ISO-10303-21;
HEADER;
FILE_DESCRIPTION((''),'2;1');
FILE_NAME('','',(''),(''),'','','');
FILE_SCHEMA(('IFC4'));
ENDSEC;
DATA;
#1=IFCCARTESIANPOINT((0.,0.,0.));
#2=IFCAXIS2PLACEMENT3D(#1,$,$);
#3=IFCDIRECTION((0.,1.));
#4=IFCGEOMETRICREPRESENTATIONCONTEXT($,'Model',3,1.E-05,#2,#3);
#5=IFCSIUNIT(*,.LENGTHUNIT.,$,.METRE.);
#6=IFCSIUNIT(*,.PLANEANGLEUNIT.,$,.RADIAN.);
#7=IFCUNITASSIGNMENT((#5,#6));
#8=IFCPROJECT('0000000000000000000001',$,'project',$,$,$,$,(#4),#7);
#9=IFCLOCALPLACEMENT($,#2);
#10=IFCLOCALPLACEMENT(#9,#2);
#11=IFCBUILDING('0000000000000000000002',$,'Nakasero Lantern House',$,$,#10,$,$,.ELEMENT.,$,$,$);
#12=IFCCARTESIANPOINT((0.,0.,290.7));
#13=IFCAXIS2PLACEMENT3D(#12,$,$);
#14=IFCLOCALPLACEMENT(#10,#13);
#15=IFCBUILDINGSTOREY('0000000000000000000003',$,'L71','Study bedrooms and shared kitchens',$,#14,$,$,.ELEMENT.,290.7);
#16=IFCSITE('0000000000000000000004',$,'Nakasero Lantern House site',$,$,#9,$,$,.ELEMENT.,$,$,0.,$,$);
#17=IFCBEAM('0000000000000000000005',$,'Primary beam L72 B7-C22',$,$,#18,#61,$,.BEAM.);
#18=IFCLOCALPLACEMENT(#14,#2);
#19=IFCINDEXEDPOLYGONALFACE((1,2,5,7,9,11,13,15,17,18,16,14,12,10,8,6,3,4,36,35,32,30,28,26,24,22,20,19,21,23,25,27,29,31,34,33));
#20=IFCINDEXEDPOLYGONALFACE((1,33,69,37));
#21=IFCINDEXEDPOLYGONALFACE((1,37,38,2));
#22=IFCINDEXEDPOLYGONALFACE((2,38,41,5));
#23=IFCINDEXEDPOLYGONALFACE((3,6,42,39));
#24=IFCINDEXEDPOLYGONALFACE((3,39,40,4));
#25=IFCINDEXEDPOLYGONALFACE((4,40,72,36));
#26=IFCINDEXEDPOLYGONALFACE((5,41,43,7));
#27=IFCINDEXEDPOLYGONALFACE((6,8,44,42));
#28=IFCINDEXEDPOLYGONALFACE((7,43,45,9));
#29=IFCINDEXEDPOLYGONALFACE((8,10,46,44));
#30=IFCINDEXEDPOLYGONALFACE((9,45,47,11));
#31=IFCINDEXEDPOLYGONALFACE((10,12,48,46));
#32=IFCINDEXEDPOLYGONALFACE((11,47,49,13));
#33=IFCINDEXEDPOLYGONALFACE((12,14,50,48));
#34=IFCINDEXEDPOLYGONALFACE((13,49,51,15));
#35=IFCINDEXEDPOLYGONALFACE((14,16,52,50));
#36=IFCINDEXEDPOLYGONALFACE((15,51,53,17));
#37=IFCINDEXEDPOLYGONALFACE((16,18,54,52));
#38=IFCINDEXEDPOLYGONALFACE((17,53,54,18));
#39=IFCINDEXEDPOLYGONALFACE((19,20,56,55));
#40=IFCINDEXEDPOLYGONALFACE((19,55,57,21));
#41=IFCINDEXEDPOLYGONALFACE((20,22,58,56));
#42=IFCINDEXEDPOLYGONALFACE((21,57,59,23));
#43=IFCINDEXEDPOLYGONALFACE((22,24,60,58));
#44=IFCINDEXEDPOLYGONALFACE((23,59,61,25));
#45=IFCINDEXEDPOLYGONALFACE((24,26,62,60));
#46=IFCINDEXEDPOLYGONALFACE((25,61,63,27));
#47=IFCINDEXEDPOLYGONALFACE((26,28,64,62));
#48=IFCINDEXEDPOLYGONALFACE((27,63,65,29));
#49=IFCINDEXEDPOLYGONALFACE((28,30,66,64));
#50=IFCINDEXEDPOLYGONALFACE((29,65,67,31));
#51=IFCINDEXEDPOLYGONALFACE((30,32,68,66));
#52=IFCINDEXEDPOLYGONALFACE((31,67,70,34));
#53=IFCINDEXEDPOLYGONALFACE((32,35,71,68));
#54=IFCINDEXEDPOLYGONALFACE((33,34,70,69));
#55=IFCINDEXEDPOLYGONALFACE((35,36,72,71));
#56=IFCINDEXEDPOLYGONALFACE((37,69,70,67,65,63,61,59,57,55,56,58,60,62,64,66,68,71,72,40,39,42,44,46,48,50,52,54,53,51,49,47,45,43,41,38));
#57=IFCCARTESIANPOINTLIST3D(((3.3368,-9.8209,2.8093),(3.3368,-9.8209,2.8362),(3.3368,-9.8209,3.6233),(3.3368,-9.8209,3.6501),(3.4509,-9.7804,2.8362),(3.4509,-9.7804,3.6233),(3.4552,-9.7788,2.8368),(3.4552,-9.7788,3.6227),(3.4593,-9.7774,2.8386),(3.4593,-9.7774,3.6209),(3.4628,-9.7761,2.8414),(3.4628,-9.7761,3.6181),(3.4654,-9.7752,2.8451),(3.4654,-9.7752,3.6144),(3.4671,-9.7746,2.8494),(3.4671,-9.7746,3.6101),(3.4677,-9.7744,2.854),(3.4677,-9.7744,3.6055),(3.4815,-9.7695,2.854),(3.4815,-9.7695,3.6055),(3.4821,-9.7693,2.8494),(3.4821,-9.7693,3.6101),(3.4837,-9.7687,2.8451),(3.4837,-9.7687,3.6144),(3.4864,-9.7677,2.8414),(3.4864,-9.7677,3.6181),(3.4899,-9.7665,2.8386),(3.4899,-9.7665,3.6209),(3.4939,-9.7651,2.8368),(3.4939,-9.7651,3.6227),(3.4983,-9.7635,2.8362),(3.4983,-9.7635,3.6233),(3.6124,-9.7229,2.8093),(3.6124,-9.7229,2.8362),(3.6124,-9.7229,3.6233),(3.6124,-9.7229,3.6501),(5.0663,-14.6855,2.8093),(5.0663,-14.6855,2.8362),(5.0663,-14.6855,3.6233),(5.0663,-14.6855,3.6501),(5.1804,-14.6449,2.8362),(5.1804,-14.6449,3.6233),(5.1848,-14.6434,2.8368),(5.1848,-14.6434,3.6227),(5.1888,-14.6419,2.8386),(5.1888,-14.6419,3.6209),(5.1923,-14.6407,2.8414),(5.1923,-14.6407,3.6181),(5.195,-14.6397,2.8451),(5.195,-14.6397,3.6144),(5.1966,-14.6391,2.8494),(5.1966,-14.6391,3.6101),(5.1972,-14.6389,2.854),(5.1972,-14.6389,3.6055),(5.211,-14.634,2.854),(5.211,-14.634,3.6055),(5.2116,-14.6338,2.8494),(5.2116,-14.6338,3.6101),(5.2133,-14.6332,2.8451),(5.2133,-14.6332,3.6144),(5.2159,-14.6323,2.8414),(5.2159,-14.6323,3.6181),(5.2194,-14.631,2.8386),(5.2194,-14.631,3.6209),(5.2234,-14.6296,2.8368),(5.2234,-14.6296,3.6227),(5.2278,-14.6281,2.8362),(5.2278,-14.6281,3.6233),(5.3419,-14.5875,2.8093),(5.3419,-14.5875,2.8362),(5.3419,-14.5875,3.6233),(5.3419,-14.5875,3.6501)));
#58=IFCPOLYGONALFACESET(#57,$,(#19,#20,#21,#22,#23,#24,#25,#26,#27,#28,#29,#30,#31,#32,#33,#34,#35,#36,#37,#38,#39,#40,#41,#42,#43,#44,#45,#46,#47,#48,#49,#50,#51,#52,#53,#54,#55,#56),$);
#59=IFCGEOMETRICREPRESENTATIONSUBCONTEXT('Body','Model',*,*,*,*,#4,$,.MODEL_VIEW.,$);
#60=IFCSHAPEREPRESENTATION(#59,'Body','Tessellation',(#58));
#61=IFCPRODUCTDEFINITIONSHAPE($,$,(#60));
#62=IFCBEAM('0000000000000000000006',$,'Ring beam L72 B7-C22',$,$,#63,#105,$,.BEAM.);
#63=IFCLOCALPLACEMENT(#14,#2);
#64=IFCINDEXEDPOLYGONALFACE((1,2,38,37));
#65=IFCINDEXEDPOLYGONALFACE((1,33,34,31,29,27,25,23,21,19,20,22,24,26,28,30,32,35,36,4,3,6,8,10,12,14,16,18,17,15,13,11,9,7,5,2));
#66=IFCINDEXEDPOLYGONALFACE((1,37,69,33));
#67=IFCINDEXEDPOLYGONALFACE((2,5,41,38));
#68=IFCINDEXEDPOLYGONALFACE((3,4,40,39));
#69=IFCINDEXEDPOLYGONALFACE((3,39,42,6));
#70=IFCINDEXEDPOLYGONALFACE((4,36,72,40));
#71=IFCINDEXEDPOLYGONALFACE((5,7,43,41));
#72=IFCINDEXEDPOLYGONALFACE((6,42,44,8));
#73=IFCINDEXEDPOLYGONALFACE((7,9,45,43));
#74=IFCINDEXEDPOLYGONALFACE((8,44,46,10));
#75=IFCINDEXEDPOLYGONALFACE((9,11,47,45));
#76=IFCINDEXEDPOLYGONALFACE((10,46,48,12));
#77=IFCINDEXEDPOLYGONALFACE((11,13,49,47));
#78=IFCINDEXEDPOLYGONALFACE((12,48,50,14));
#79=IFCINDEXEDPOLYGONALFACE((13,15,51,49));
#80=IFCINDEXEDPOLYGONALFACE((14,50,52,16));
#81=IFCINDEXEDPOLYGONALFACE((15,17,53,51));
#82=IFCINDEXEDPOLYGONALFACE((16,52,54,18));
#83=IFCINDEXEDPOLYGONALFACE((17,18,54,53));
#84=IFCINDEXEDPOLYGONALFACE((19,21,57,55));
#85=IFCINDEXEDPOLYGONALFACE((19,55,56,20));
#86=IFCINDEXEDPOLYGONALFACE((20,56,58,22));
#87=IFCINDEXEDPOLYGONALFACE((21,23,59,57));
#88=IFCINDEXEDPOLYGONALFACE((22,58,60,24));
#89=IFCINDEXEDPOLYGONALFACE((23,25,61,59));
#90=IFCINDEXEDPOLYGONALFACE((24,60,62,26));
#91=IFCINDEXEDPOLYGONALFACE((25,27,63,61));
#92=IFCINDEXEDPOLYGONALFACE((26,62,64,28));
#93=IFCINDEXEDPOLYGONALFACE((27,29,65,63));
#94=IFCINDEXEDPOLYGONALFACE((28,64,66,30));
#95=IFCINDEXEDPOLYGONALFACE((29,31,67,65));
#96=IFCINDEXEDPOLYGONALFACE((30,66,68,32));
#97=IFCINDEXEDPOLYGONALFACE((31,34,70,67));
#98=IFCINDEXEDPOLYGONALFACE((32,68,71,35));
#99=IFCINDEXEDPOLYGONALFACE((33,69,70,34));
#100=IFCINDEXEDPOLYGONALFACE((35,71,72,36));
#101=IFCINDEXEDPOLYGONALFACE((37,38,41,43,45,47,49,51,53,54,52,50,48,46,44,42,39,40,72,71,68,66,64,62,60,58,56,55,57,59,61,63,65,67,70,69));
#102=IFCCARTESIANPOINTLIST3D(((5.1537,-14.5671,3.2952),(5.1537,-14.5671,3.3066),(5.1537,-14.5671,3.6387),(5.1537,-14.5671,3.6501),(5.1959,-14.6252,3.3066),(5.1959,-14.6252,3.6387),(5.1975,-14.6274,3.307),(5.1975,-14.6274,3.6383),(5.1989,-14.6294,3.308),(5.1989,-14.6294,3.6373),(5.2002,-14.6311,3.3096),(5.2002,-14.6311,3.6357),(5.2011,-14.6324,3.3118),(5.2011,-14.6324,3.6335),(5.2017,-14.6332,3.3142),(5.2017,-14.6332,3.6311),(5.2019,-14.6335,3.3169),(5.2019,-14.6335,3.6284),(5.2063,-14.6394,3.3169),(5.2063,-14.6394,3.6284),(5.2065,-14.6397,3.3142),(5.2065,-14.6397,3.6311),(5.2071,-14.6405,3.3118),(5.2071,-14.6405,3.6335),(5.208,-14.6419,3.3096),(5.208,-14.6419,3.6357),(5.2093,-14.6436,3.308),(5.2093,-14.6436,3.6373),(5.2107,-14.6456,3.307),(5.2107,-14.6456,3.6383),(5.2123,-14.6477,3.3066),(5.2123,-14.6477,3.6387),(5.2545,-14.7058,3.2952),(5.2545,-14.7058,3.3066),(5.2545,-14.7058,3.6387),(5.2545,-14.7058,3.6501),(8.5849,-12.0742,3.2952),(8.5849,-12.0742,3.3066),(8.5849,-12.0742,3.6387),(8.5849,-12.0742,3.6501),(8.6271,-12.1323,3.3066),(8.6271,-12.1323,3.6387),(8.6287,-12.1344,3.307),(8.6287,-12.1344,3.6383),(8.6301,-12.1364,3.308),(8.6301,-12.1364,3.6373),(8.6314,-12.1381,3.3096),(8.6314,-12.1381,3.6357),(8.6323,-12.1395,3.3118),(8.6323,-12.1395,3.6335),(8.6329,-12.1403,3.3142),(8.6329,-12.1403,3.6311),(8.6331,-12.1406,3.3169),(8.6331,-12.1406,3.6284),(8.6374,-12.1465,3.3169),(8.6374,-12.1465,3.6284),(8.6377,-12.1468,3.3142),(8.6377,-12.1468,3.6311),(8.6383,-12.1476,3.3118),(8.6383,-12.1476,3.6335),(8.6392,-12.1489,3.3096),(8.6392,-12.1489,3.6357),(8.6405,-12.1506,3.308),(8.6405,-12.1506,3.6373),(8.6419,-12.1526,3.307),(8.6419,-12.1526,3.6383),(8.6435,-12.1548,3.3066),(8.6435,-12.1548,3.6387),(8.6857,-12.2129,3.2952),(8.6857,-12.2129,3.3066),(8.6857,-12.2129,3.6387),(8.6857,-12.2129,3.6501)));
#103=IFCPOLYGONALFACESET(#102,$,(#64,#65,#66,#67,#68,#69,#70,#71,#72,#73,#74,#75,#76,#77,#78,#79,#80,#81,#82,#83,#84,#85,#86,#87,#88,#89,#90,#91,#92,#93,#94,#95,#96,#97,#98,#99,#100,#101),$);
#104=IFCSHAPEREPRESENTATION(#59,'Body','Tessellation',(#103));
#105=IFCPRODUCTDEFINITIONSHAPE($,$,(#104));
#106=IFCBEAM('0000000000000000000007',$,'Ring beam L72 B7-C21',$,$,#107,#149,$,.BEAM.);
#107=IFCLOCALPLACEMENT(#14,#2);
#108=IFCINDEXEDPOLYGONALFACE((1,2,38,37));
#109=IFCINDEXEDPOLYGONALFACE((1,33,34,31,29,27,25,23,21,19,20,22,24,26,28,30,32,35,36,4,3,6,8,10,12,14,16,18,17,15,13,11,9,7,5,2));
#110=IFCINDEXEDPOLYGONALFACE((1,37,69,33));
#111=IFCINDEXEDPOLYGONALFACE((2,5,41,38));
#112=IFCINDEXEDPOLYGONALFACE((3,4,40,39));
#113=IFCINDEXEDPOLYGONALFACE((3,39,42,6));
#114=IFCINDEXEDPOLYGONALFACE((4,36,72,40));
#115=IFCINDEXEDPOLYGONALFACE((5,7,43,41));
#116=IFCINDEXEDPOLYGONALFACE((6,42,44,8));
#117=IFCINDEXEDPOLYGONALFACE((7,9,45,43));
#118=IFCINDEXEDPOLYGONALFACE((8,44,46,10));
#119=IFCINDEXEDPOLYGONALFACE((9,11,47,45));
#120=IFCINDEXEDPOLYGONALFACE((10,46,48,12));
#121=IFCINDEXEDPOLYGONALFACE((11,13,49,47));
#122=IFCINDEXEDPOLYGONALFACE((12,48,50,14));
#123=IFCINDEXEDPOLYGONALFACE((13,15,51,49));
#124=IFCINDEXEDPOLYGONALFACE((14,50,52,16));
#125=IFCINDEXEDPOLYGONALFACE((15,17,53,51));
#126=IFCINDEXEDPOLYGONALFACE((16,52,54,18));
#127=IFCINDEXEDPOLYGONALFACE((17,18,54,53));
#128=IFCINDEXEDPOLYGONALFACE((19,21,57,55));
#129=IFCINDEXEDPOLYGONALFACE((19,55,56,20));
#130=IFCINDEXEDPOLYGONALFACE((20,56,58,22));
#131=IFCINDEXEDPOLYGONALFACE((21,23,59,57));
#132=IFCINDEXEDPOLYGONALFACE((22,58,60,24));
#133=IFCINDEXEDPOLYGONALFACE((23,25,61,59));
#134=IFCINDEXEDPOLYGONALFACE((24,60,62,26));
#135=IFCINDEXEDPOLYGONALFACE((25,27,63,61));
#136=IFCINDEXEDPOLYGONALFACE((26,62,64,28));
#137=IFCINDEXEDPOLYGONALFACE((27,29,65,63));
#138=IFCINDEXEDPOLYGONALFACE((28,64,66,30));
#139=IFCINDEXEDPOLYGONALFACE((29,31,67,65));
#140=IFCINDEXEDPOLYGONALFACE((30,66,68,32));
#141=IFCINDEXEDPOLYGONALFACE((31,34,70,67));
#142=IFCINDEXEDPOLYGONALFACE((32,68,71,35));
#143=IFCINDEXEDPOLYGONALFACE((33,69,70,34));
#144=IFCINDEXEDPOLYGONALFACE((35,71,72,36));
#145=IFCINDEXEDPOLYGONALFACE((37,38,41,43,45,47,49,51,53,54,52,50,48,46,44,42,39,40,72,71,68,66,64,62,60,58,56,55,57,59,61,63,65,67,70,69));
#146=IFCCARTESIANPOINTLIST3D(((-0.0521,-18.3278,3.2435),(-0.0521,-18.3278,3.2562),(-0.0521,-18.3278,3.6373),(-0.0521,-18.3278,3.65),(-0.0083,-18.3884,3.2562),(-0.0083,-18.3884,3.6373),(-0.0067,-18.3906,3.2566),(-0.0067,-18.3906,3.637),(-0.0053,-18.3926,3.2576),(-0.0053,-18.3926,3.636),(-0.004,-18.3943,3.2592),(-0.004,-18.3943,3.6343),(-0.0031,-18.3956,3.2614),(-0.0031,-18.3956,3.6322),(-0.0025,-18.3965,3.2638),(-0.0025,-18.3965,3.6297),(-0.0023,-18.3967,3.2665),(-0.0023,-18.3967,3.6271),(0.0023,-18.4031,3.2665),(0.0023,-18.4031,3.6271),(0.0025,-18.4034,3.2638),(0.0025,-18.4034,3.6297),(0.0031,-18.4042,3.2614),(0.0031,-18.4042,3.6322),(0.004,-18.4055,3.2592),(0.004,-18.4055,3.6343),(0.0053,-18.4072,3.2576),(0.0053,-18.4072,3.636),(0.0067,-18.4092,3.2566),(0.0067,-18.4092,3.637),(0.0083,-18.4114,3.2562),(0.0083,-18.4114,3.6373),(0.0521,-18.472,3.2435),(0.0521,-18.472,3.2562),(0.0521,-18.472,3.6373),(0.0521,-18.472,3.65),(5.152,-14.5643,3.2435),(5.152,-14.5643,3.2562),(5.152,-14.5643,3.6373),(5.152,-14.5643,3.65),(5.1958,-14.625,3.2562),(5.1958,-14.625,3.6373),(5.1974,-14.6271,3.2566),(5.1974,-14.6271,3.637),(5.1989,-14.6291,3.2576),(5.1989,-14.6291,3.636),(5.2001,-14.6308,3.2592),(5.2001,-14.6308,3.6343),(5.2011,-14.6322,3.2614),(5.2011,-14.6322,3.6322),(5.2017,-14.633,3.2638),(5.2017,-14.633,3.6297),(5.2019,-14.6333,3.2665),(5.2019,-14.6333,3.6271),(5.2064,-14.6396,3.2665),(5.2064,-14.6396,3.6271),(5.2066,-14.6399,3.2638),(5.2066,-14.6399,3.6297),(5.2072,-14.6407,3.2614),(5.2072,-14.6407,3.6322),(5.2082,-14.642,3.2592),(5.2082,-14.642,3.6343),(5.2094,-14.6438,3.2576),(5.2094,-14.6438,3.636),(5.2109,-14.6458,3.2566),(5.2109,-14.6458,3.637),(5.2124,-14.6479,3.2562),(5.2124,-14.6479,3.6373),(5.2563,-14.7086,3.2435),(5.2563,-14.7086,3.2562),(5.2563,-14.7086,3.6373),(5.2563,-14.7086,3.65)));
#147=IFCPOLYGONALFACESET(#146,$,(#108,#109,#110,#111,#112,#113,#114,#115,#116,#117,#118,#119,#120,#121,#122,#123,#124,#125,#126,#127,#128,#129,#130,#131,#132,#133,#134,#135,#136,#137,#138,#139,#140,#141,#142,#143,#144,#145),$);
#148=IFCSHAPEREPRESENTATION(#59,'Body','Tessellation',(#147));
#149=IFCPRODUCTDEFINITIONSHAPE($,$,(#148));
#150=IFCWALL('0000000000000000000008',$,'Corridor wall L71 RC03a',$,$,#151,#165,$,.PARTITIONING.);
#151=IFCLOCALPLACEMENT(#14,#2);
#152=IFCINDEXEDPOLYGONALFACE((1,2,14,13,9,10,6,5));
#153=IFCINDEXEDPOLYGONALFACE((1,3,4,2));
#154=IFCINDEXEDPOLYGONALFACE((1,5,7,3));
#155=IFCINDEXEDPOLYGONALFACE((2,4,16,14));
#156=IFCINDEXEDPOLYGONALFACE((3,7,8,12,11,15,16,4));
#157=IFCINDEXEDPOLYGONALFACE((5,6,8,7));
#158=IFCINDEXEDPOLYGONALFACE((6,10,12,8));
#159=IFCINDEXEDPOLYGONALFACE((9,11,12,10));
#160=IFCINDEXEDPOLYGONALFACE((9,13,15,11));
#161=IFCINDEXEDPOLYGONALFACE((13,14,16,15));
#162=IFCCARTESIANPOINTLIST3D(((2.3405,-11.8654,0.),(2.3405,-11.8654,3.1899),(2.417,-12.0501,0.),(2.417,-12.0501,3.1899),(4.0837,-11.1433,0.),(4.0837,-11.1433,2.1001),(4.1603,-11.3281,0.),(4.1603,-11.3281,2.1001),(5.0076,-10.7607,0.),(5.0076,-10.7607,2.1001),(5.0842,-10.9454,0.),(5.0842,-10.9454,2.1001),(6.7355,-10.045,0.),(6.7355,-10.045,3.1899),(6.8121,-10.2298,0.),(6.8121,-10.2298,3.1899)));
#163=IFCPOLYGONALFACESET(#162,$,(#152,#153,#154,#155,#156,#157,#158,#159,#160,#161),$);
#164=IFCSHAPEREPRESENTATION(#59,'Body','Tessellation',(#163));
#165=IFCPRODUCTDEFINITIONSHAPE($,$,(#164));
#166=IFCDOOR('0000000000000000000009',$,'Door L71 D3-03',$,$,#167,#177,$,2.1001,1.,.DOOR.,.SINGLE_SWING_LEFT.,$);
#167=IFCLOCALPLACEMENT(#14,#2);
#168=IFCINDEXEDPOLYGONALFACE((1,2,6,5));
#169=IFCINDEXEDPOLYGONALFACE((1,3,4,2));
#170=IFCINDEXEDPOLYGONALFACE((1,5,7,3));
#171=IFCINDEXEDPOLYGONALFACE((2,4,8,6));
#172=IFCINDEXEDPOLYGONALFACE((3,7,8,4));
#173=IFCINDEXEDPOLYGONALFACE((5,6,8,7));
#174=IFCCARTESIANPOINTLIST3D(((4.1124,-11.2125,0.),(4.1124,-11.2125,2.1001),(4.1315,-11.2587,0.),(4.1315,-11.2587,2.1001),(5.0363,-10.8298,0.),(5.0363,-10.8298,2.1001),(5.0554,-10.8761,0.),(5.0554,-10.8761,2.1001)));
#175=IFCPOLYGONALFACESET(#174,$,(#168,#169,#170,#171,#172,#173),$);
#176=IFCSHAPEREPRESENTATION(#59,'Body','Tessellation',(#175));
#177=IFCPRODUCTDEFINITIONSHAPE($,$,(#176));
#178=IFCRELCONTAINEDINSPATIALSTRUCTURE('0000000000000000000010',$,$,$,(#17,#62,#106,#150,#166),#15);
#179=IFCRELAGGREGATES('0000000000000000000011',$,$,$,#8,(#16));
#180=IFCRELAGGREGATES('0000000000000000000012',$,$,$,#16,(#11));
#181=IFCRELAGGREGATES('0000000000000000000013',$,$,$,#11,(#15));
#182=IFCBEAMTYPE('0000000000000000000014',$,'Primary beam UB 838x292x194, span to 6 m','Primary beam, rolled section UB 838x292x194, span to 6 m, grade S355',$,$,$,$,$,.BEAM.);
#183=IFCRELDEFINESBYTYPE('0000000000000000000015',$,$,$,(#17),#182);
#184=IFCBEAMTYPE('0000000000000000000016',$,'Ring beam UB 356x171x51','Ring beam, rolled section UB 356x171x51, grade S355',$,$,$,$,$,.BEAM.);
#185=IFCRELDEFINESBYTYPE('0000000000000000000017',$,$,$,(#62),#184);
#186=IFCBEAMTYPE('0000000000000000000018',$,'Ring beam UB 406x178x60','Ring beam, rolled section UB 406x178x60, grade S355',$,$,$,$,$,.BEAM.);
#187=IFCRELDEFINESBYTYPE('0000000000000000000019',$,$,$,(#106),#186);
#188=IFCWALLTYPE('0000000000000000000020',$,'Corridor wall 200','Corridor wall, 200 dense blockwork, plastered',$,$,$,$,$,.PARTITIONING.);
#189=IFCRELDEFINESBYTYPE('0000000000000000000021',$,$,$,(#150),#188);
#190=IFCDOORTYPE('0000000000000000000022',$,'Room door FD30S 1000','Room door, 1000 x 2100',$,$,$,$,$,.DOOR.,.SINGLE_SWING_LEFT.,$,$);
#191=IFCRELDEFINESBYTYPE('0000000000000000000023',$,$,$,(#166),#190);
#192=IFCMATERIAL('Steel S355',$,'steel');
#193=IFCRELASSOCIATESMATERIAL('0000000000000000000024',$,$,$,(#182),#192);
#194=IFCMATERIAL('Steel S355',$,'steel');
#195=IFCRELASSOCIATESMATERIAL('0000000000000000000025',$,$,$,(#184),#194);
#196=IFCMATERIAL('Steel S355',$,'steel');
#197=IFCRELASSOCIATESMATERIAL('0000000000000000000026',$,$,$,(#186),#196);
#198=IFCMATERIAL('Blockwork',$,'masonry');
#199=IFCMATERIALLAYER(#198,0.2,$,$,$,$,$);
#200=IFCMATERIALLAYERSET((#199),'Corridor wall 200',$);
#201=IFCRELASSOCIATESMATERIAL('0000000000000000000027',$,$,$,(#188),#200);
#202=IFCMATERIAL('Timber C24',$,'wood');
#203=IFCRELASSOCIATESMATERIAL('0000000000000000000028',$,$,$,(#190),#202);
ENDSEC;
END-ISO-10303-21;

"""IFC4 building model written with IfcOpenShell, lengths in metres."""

from ifc_helpers import new_model, si_unit, direction, frame, frame_2d, origin, origin_2d, place, context, subcontext, project, spatial, rectangle, i_section, extrude, material, layer, layer_set, material_profile, profile_set, type_object, element, fill, save


model = new_model("IFC4")

# Units and contexts
model_context = context("Model", 3, precision=1e-05, world=origin(), true_north=direction((0.0, 1.0)))
body_context = subcontext(model_context, "Body", "Model", "MODEL_VIEW")
ifc_project = project(units=[si_unit("LENGTHUNIT", "METRE"), si_unit("PLANEANGLEUNIT", "RADIAN")], contexts=[model_context])

# Site, building, storey
site_placement = place(None, origin())
site = spatial("IfcSite", under=ifc_project, at=site_placement, Name="Nakasero Lantern House site", CompositionType="ELEMENT", RefElevation=0.0)
building_placement = place(site_placement, origin())
building = spatial("IfcBuilding", under=site, at=building_placement, Name="Nakasero Lantern House", CompositionType="ELEMENT")
storey_placement = place(building_placement, frame((0.0, 0.0, 290.7)))
storey = spatial("IfcBuildingStorey", under=building, at=storey_placement, Name="L71", Description="Study bedrooms and shared kitchens", CompositionType="ELEMENT", Elevation=290.7)

# Beams
ifc_material_1 = material(Name="Steel S355", Category="steel")
ifc_material_profile_1 = material_profile(ifc_material_1, i_section(OverallWidth=0.2925, OverallDepth=0.8408, WebThickness=0.0146, FlangeThickness=0.0269, FilletRadius=0.0178, at=origin_2d()), Name="UB 838x292x194")
ifc_profile_set_1 = profile_set([ifc_material_profile_1], Name="Steel S355")
beam_type_1 = type_object("IfcBeamType", Name="Primary beam UB 838x292x194, span to 6 m", Description="Primary beam, rolled section UB 838x292x194, span to 6 m, grade S355", PredefinedType="BEAM", material=ifc_profile_set_1)
beam_1_placement = place(storey_placement, frame((5.2041, -14.6365, 3.2297), z_axis=(-0.334991, 0.942221, 0.0), x_axis=(-0.942221, -0.334991, 0.0)))
element("IfcBeam", 1, at=beam_1_placement, inside=storey, type_object=beam_type_1, Name="Primary beam L72 B7-C22", PredefinedType="BEAM", context=body_context, shape_type="SweptSolid", body=[
    extrude(i_section(OverallWidth=0.2925, OverallDepth=0.8408, WebThickness=0.0146, FlangeThickness=0.0269, FilletRadius=0.0178, at=origin_2d()), origin(), (0.0, 0.0, 1.0), 5.1628),
])
ifc_material_2 = material(Name="Steel S355", Category="steel")
ifc_material_profile_2 = material_profile(ifc_material_2, i_section(OverallWidth=0.1714, OverallDepth=0.355, WebThickness=0.0073, FlangeThickness=0.0115, FilletRadius=0.0103, at=origin_2d()), Name="UB 356x171x51")
ifc_profile_set_2 = profile_set([ifc_material_profile_2], Name="Steel S355")
beam_type_2 = type_object("IfcBeamType", Name="Ring beam UB 356x171x51", Description="Ring beam, rolled section UB 356x171x51, grade S355", PredefinedType="BEAM", material=ifc_profile_set_2)
beam_2_placement = place(storey_placement, frame((5.2041, -14.6365, 3.4727), z_axis=(0.809012, 0.587792, 0.0), x_axis=(-0.587792, 0.809012, 0.0)))
element("IfcBeam", 2, at=beam_2_placement, inside=storey, type_object=beam_type_2, Name="Ring beam L72 B7-C22", PredefinedType="BEAM", context=body_context, shape_type="SweptSolid", body=[
    extrude(i_section(OverallWidth=0.1714, OverallDepth=0.355, WebThickness=0.0073, FlangeThickness=0.0115, FilletRadius=0.0103, at=origin_2d()), origin(), (0.0, 0.0, 1.0), 4.2412),
])
ifc_material_3 = material(Name="Steel S355", Category="steel")
ifc_material_profile_3 = material_profile(ifc_material_3, i_section(OverallWidth=0.178, OverallDepth=0.4065, WebThickness=0.0078, FlangeThickness=0.0127, FilletRadius=0.0103, at=origin_2d()), Name="UB 406x178x60")
ifc_profile_set_3 = profile_set([ifc_material_profile_3], Name="Steel S355")
beam_type_3 = type_object("IfcBeamType", Name="Ring beam UB 406x178x60", Description="Ring beam, rolled section UB 406x178x60, grade S355", PredefinedType="BEAM", material=ifc_profile_set_3)
beam_3_placement = place(storey_placement, frame((0.0, -18.3999, 3.4468), z_axis=(0.810316, 0.585993, 0.0), x_axis=(-0.585993, 0.810316, 0.0)))
element("IfcBeam", 3, at=beam_3_placement, inside=storey, type_object=beam_type_3, Name="Ring beam L72 B7-C21", PredefinedType="BEAM", context=body_context, shape_type="SweptSolid", body=[
    extrude(i_section(OverallWidth=0.178, OverallDepth=0.4065, WebThickness=0.0078, FlangeThickness=0.0127, FilletRadius=0.0103, at=origin_2d()), origin(), (0.0, 0.0, 1.0), 6.4224),
])

# Wall, opening, door
ifc_material_4 = material(Name="Blockwork", Category="masonry")
ifc_layer_1 = layer(ifc_material_4, 0.2)
ifc_layer_set_1 = layer_set([ifc_layer_1], Name="Corridor wall 200")
wall_type_1 = type_object("IfcWallType", Name="Corridor wall 200", Description="Corridor wall, 200 dense blockwork, plastered", PredefinedType="PARTITIONING", material=ifc_layer_set_1)
wall_1_placement = place(storey_placement, frame((6.7737, -10.1375, 0.0), z_axis=(0.0, 0.0, 1.0), x_axis=(-0.923892, -0.382654, 0.0)))
wall_1 = element("IfcWall", 4, at=wall_1_placement, inside=storey, type_object=wall_type_1, Name="Corridor wall L71 RC03a", PredefinedType="PARTITIONING", context=body_context, shape_type="SweptSolid", body=[
    extrude(rectangle(XDim=4.7571, YDim=0.2, at=frame_2d((2.3784, 0.0))), origin(), (0.0, 0.0, 1.0), 3.1899),
])
opening_1_placement = place(wall_1_placement, frame((1.8701, 0.0, 0.0)))
opening_1 = element("IfcOpeningElement", 5, at=opening_1_placement, cuts=wall_1, PredefinedType="OPENING", context=body_context, shape_type="SweptSolid", body=[
    extrude(rectangle(XDim=1.0, YDim=2.1001, at=frame_2d((0.5, 1.05))), frame((0.0, 0.1199, 0.0), z_axis=(0.0, -1.0, 0.0), x_axis=(1.0, 0.0, 0.0)), (0.0, 0.0, 1.0), 0.24),
])
ifc_material_5 = material(Name="Timber C24", Category="wood")
door_type_1 = type_object("IfcDoorType", Name="Room door FD30S 1000", Description="Room door, 1000 x 2100", OperationType="SINGLE_SWING_LEFT", PredefinedType="DOOR", material=ifc_material_5)
door_1_placement = place(opening_1_placement, origin())
door_1 = element("IfcDoor", 6, at=door_1_placement, inside=storey, type_object=door_type_1, Name="Door L71 D3-03", OperationType="SINGLE_SWING_LEFT", OverallHeight=2.1001, OverallWidth=1.0, PredefinedType="DOOR", context=body_context, shape_type="SweptSolid", body=[
    extrude(rectangle(XDim=1.0, YDim=2.1001, at=frame_2d((0.5, 1.05))), frame((0.0, 0.0249, 0.0), z_axis=(0.0, -1.0, 0.0), x_axis=(1.0, 0.0, 0.0)), (0.0, 0.0, 1.0), 0.05),
])
fill(opening_1, door_1)

save(model, "model.ifc")
